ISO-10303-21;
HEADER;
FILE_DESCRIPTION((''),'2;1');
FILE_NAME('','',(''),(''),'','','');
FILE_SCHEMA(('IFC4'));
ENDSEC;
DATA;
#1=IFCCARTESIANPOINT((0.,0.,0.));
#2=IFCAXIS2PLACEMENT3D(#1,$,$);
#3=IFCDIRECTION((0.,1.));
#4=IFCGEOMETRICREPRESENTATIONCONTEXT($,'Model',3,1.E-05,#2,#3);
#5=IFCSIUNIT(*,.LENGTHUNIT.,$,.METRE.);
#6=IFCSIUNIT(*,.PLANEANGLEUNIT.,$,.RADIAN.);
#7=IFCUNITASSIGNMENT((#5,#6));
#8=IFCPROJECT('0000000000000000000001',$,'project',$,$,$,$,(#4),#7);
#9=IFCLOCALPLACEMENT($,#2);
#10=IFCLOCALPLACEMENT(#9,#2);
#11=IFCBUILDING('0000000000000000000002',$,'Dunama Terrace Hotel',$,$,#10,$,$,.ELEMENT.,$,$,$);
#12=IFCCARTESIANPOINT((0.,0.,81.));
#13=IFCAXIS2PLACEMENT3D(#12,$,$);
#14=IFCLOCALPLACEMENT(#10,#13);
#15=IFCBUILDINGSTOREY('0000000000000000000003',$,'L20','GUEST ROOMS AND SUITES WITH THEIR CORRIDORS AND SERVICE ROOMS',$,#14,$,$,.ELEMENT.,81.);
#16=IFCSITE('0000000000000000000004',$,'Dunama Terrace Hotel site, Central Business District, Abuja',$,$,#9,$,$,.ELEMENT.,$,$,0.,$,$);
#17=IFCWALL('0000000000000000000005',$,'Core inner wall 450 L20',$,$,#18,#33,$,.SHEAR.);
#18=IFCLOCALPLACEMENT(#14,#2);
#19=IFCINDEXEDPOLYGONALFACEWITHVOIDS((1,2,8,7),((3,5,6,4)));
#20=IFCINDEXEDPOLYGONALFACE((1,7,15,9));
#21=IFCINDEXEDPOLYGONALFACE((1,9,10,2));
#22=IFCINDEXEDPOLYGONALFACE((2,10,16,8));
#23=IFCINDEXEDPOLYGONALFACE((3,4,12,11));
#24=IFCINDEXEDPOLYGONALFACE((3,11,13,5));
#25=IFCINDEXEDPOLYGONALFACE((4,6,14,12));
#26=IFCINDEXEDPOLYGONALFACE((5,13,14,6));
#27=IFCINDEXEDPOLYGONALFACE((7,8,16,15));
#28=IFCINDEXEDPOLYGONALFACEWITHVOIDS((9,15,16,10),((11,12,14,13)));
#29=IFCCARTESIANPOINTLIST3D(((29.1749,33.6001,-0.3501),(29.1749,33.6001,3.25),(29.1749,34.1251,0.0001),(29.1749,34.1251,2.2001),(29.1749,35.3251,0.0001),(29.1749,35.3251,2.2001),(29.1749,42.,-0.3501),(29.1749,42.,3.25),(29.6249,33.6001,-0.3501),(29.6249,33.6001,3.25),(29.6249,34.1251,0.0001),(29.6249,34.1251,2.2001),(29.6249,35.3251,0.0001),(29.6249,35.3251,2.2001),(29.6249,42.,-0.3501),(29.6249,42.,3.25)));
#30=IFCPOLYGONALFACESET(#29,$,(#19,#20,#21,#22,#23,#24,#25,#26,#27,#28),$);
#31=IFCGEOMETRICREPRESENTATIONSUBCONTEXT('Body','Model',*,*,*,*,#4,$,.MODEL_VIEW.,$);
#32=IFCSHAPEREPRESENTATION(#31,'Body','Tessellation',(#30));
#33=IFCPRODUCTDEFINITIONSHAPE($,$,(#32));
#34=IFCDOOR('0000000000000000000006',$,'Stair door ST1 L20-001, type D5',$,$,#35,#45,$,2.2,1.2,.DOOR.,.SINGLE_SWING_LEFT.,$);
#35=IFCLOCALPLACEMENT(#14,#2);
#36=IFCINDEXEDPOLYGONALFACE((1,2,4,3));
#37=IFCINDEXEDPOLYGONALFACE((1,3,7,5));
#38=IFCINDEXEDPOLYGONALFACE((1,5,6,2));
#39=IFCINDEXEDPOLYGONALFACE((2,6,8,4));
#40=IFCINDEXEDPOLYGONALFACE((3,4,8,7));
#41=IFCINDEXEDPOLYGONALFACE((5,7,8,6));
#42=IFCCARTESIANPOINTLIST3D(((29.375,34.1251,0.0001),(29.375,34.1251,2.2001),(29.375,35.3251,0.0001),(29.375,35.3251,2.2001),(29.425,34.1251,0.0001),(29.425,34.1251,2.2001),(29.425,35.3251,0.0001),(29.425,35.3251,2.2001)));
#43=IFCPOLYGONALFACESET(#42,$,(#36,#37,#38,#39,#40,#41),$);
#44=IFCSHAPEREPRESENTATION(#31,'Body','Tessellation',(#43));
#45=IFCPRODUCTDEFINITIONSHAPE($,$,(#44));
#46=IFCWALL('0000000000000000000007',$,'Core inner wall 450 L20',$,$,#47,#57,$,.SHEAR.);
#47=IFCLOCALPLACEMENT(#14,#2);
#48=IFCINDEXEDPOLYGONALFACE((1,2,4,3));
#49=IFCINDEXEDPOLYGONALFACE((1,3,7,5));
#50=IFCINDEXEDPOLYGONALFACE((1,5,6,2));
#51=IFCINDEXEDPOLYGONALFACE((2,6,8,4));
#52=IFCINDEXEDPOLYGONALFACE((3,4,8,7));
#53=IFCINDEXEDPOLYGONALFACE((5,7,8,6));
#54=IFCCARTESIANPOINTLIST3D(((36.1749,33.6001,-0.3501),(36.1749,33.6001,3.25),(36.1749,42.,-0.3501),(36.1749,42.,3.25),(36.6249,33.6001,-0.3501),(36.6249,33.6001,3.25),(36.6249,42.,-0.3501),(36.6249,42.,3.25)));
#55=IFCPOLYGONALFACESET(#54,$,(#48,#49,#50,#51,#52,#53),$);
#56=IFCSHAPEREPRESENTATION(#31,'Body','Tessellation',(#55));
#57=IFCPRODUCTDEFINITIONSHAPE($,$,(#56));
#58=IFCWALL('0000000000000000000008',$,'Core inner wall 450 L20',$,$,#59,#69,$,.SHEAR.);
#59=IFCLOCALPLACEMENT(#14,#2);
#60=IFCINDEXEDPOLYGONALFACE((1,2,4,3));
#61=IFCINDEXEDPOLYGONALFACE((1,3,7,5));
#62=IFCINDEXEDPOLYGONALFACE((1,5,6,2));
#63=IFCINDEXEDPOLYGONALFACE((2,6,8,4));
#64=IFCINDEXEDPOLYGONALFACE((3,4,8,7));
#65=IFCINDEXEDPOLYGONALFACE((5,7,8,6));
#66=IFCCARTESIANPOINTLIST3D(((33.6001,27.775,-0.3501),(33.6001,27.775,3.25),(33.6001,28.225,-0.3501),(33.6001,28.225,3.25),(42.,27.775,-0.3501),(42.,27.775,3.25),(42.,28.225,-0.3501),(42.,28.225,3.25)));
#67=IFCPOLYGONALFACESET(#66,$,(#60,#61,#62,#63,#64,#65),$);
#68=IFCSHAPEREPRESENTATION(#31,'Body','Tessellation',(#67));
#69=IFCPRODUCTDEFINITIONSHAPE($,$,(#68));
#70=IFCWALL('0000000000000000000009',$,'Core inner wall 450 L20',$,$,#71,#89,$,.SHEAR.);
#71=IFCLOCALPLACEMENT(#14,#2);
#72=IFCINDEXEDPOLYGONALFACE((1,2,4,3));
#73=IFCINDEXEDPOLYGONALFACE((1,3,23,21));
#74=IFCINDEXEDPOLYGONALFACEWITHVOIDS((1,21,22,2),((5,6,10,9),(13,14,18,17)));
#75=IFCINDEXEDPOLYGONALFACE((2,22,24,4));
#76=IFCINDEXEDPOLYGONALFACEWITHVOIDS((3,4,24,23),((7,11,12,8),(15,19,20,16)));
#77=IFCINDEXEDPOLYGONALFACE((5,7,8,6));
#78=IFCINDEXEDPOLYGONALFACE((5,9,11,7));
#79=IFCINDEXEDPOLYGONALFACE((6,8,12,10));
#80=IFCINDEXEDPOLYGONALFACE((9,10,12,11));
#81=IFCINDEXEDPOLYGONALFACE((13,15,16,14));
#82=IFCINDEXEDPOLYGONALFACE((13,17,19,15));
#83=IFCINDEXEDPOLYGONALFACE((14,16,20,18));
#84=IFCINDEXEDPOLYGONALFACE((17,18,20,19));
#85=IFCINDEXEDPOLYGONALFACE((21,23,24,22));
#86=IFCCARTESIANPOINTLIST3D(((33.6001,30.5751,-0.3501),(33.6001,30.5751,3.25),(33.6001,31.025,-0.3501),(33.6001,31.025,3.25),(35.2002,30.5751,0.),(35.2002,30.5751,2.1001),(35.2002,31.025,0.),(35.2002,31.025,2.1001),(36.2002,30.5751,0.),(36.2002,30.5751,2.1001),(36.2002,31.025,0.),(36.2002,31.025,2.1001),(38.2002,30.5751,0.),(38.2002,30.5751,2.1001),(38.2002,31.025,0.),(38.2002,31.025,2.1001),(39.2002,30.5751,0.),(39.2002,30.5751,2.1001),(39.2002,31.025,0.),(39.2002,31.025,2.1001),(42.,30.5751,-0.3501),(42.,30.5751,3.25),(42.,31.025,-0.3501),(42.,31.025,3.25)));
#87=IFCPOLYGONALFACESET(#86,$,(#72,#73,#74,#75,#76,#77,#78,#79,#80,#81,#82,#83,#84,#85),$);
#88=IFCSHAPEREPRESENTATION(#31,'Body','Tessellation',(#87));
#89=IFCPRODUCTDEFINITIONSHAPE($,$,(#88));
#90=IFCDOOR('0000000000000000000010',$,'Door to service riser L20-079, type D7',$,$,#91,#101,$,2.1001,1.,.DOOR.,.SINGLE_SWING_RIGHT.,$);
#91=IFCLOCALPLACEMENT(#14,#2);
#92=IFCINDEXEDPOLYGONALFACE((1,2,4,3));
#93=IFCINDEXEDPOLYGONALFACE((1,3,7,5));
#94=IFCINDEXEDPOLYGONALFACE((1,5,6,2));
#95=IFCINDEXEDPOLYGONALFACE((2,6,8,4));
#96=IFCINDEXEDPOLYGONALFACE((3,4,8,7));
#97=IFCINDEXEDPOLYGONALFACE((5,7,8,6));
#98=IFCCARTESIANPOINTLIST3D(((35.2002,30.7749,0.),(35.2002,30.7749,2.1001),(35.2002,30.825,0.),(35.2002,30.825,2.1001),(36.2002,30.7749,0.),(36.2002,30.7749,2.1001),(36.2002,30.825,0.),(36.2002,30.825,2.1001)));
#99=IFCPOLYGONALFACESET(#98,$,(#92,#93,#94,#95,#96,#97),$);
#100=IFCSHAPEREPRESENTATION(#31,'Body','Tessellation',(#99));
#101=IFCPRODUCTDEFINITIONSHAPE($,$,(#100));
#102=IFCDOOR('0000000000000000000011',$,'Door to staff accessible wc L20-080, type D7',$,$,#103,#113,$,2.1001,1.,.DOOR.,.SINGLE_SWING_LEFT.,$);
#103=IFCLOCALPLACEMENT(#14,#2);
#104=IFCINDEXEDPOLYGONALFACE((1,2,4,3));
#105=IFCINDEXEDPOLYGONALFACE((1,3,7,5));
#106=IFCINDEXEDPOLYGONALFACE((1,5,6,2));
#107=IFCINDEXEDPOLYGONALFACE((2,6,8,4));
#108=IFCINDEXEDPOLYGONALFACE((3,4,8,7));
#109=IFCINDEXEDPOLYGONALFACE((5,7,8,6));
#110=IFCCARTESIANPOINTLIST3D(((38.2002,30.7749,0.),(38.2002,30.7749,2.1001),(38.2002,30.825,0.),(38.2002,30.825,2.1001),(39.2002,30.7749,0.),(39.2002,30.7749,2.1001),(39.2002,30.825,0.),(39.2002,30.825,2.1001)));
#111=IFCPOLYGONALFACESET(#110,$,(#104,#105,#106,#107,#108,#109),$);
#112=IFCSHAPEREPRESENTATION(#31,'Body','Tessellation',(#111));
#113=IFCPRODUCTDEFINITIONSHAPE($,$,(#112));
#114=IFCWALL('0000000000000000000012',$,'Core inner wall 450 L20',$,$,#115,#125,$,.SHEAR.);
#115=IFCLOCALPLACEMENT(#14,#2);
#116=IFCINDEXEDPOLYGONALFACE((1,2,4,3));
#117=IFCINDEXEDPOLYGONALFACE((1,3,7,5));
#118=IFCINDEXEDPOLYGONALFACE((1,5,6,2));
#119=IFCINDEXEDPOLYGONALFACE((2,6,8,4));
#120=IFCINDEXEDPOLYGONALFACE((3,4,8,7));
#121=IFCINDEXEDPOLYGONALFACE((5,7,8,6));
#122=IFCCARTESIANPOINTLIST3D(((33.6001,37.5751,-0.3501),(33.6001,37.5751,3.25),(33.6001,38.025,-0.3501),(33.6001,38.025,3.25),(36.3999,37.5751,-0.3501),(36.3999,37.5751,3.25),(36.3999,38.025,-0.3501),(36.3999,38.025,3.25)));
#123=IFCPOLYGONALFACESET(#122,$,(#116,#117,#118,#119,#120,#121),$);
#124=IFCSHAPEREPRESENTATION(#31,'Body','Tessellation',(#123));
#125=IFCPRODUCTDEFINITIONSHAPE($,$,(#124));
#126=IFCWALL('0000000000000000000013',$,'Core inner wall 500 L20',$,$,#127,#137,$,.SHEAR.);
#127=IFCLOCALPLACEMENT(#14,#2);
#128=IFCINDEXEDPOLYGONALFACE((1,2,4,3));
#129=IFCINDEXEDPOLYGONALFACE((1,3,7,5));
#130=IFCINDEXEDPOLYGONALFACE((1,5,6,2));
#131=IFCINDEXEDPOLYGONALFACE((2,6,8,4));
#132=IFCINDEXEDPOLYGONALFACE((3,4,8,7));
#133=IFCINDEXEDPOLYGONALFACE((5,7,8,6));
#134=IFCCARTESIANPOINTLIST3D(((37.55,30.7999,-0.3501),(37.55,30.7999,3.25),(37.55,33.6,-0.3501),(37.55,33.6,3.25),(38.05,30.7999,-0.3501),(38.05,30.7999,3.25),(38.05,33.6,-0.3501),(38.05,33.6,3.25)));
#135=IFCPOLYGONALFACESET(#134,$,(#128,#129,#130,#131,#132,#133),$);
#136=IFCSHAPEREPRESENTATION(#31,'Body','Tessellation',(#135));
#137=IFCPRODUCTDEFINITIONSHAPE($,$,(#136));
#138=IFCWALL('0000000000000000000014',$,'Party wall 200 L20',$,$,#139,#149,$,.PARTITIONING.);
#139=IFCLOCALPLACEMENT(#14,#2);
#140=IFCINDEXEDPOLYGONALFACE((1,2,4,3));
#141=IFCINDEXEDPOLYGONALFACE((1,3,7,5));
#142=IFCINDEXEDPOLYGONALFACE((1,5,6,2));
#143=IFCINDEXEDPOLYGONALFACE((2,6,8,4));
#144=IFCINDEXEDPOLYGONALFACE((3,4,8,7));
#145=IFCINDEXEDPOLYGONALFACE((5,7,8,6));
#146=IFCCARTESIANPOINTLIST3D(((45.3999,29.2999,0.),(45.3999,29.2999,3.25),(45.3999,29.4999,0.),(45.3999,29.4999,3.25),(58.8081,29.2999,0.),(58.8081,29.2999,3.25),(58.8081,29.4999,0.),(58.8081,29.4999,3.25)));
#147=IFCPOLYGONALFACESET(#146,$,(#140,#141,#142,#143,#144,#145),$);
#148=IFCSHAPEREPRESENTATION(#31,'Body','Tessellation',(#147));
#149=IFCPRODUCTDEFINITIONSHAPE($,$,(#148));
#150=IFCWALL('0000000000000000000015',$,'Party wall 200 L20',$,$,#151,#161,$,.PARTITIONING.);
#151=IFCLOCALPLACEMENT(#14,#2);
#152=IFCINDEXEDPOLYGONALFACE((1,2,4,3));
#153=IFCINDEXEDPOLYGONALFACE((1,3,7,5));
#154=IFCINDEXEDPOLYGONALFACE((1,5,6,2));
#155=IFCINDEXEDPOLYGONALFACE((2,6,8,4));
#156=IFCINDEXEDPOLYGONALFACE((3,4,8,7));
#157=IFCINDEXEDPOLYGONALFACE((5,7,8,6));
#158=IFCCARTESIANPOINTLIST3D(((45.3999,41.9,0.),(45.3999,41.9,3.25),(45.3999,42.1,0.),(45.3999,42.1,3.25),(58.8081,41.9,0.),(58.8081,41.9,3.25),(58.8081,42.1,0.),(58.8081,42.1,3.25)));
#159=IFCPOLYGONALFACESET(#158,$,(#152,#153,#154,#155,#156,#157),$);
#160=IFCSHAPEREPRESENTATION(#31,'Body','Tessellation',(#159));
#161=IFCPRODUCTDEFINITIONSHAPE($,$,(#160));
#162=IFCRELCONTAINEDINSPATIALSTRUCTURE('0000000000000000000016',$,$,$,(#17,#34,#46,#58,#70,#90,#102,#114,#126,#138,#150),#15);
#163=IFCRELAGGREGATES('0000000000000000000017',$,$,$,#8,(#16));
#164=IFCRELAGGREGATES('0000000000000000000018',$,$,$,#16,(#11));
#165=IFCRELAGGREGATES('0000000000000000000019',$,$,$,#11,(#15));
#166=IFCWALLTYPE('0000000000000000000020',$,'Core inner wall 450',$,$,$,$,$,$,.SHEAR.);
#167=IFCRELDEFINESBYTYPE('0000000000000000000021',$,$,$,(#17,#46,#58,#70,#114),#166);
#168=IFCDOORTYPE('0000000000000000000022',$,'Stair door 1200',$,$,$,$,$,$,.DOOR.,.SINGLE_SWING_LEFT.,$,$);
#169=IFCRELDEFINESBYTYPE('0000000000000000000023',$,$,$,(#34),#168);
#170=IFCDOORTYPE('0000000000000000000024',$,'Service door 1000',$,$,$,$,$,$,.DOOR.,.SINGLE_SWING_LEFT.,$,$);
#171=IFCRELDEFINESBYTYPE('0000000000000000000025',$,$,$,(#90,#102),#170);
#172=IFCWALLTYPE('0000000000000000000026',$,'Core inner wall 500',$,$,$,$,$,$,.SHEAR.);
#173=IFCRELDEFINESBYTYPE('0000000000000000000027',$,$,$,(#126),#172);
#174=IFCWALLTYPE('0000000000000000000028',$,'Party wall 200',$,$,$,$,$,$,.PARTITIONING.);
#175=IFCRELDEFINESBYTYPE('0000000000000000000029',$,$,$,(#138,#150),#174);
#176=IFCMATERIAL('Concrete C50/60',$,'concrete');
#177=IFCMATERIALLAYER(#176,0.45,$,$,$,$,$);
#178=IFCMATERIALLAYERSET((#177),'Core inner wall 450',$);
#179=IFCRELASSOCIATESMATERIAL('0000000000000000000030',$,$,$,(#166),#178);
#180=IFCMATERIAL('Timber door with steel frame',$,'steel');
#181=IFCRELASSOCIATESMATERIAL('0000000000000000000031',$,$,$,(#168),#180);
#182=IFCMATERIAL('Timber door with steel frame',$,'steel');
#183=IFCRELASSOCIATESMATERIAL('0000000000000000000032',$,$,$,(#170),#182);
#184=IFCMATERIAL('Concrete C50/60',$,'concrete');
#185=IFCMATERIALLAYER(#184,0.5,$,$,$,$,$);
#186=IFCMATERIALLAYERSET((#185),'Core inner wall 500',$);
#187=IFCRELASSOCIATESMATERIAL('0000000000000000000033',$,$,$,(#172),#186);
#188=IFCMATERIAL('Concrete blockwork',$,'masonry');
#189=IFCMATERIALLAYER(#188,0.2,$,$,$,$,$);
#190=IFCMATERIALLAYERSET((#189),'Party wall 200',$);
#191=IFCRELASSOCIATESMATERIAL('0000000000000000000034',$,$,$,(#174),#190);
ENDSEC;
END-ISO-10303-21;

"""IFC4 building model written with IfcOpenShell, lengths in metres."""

from ifc_helpers import new_model, si_unit, direction, frame, frame_2d, origin, place, context, subcontext, project, spatial, rectangle, extrude, material, layer, layer_set, type_object, element, fill, save


model = new_model("IFC4")

# Units and contexts
model_context = context("Model", 3, precision=1e-05, world=origin(), true_north=direction((0.0, 1.0)))
body_context = subcontext(model_context, "Body", "Model", "MODEL_VIEW")
ifc_project = project(units=[si_unit("LENGTHUNIT", "METRE"), si_unit("PLANEANGLEUNIT", "RADIAN")], contexts=[model_context])

# Site, building, storey
site_placement = place(None, origin())
site = spatial("IfcSite", under=ifc_project, at=site_placement, Name="Dunama Terrace Hotel site, Central Business District, Abuja", CompositionType="ELEMENT", RefElevation=0.0)
building_placement = place(site_placement, origin())
building = spatial("IfcBuilding", under=site, at=building_placement, Name="Dunama Terrace Hotel", CompositionType="ELEMENT")
storey_placement = place(building_placement, frame((0.0, 0.0, 81.0)))
storey = spatial("IfcBuildingStorey", under=building, at=storey_placement, Name="L20", Description="GUEST ROOMS AND SUITES WITH THEIR CORRIDORS AND SERVICE ROOMS", CompositionType="ELEMENT", Elevation=81.0)

# Wall, opening, door
ifc_material_1 = material(Name="Concrete C50/60", Category="concrete")
ifc_layer_1 = layer(ifc_material_1, 0.45)
ifc_layer_set_1 = layer_set([ifc_layer_1], Name="Core inner wall 450")
wall_type_1 = type_object("IfcWallType", Name="Core inner wall 450", PredefinedType="SHEAR", material=ifc_layer_set_1)
wall_1_placement = place(storey_placement, frame((29.3999, 33.6001, -0.3501), z_axis=(0.0, 0.0, 1.0), x_axis=(0.0, 1.0, 0.0)))
wall_1 = element("IfcWall", 1, at=wall_1_placement, inside=storey, type_object=wall_type_1, Name="Core inner wall 450 L20", PredefinedType="SHEAR", context=body_context, shape_type="SweptSolid", body=[
    extrude(rectangle(XDim=8.3999, YDim=0.45, at=frame_2d((4.2, 0.0))), origin(), (0.0, 0.0, 1.0), 3.6001),
])
opening_1_placement = place(wall_1_placement, frame((0.5249, 0.0, 0.3501)))
opening_1 = element("IfcOpeningElement", 2, at=opening_1_placement, cuts=wall_1, PredefinedType="OPENING", context=body_context, shape_type="SweptSolid", body=[
    extrude(rectangle(XDim=1.2, YDim=2.2, at=frame_2d((0.6001, 1.1001))), frame((0.0, 0.2349, 0.0), z_axis=(0.0, -1.0, 0.0), x_axis=(1.0, 0.0, 0.0)), (0.0, 0.0, 1.0), 0.47),
])
ifc_material_2 = material(Name="Timber door with steel frame", Category="steel")
door_type_1 = type_object("IfcDoorType", Name="Stair door 1200", OperationType="SINGLE_SWING_LEFT", PredefinedType="DOOR", material=ifc_material_2)
door_1_placement = place(opening_1_placement, origin())
door_1 = element("IfcDoor", 3, at=door_1_placement, inside=storey, type_object=door_type_1, Name="Stair door ST1 L20-001, type D5", OperationType="SINGLE_SWING_LEFT", OverallHeight=2.2, OverallWidth=1.2, PredefinedType="DOOR", context=body_context, shape_type="SweptSolid", body=[
    extrude(rectangle(XDim=1.2, YDim=2.2, at=frame_2d((0.6001, 1.1001))), frame((0.0, 0.0249, 0.0), z_axis=(0.0, -1.0, 0.0), x_axis=(1.0, 0.0, 0.0)), (0.0, 0.0, 1.0), 0.05),
])
fill(opening_1, door_1)

# Walls
for number, where, z_axis, x_axis, name in (
    (4, (36.3999, 33.6001, -0.3501), (0.0, 0.0, 1.0), (0.0, 1.0, 0.0), "Core inner wall 450 L20"),
    (5, (33.6001, 28.0, -0.3501), (0.0, 0.0, 1.0), (1.0, 0.0, 0.0), "Core inner wall 450 L20"),
):
    element("IfcWall", number, at=place(storey_placement, frame(where, z_axis=z_axis, x_axis=x_axis)), inside=storey, type_object=wall_type_1, Name=name, PredefinedType="SHEAR", context=body_context, shape_type="SweptSolid", body=[
        extrude(rectangle(XDim=8.3999, YDim=0.45, at=frame_2d((4.2, 0.0))), origin(), (0.0, 0.0, 1.0), 3.6001),
    ])

# Wall, openings, doors
wall_2_placement = place(storey_placement, frame((33.6001, 30.8, -0.3501), z_axis=(0.0, 0.0, 1.0), x_axis=(1.0, 0.0, 0.0)))
wall_2 = element("IfcWall", 6, at=wall_2_placement, inside=storey, type_object=wall_type_1, Name="Core inner wall 450 L20", PredefinedType="SHEAR", context=body_context, shape_type="SweptSolid", body=[
    extrude(rectangle(XDim=8.3999, YDim=0.45, at=frame_2d((4.2, 0.0))), origin(), (0.0, 0.0, 1.0), 3.6001),
])
opening_2_placement = place(wall_2_placement, frame((1.6001, 0.0, 0.3501)))
opening_2 = element("IfcOpeningElement", 7, at=opening_2_placement, cuts=wall_2, PredefinedType="OPENING", context=body_context, shape_type="SweptSolid", body=[
    extrude(rectangle(XDim=1.0, YDim=2.1001, at=frame_2d((0.5, 1.05))), frame((0.0, 0.2349, 0.0), z_axis=(0.0, -1.0, 0.0), x_axis=(1.0, 0.0, 0.0)), (0.0, 0.0, 1.0), 0.47),
])
opening_3_placement = place(wall_2_placement, frame((4.6001, 0.0, 0.3501)))
opening_3 = element("IfcOpeningElement", 8, at=opening_3_placement, cuts=wall_2, PredefinedType="OPENING", context=body_context, shape_type="SweptSolid", body=[
    extrude(rectangle(XDim=1.0, YDim=2.1001, at=frame_2d((0.5, 1.05))), frame((0.0, 0.2349, 0.0), z_axis=(0.0, -1.0, 0.0), x_axis=(1.0, 0.0, 0.0)), (0.0, 0.0, 1.0), 0.47),
])
ifc_material_3 = material(Name="Timber door with steel frame", Category="steel")
door_type_2 = type_object("IfcDoorType", Name="Service door 1000", OperationType="SINGLE_SWING_LEFT", PredefinedType="DOOR", material=ifc_material_3)
door_2_placement = place(opening_2_placement, origin())
door_2 = element("IfcDoor", 9, at=door_2_placement, inside=storey, type_object=door_type_2, Name="Door to service riser L20-079, type D7", OperationType="SINGLE_SWING_RIGHT", OverallHeight=2.1001, OverallWidth=1.0, PredefinedType="DOOR", context=body_context, shape_type="SweptSolid", body=[
    extrude(rectangle(XDim=1.0, YDim=2.1001, at=frame_2d((0.5, 1.05))), frame((0.0, 0.0249, 0.0), z_axis=(0.0, -1.0, 0.0), x_axis=(1.0, 0.0, 0.0)), (0.0, 0.0, 1.0), 0.05),
])
fill(opening_2, door_2)
door_3_placement = place(opening_3_placement, origin())
door_3 = element("IfcDoor", 10, at=door_3_placement, inside=storey, type_object=door_type_2, Name="Door to staff accessible wc L20-080, type D7", OperationType="SINGLE_SWING_LEFT", OverallHeight=2.1001, OverallWidth=1.0, PredefinedType="DOOR", context=body_context, shape_type="SweptSolid", body=[
    extrude(rectangle(XDim=1.0, YDim=2.1001, at=frame_2d((0.5, 1.05))), frame((0.0, 0.0249, 0.0), z_axis=(0.0, -1.0, 0.0), x_axis=(1.0, 0.0, 0.0)), (0.0, 0.0, 1.0), 0.05),
])
fill(opening_3, door_3)

# Walls
wall_3_placement = place(storey_placement, frame((33.6001, 37.8, -0.3501), z_axis=(0.0, 0.0, 1.0), x_axis=(1.0, 0.0, 0.0)))
element("IfcWall", 11, at=wall_3_placement, inside=storey, type_object=wall_type_1, Name="Core inner wall 450 L20", PredefinedType="SHEAR", context=body_context, shape_type="SweptSolid", body=[
    extrude(rectangle(XDim=2.7998, YDim=0.45, at=frame_2d((1.3999, 0.0))), origin(), (0.0, 0.0, 1.0), 3.6001),
])
ifc_material_4 = material(Name="Concrete C50/60", Category="concrete")
ifc_layer_2 = layer(ifc_material_4, 0.5)
ifc_layer_set_2 = layer_set([ifc_layer_2], Name="Core inner wall 500")
wall_type_2 = type_object("IfcWallType", Name="Core inner wall 500", PredefinedType="SHEAR", material=ifc_layer_set_2)
wall_4_placement = place(storey_placement, frame((37.8, 30.8, -0.3501), z_axis=(0.0, 0.0, 1.0), x_axis=(0.0, 1.0, 0.0)))
element("IfcWall", 12, at=wall_4_placement, inside=storey, type_object=wall_type_2, Name="Core inner wall 500 L20", PredefinedType="SHEAR", context=body_context, shape_type="SweptSolid", body=[
    extrude(rectangle(XDim=2.8, YDim=0.5, at=frame_2d((1.3999, 0.0))), origin(), (0.0, 0.0, 1.0), 3.6001),
])
ifc_material_5 = material(Name="Concrete blockwork", Category="masonry")
ifc_layer_3 = layer(ifc_material_5, 0.2)
ifc_layer_set_3 = layer_set([ifc_layer_3], Name="Party wall 200")
wall_type_3 = type_object("IfcWallType", Name="Party wall 200", PredefinedType="PARTITIONING", material=ifc_layer_set_3)
for number, where, z_axis, x_axis, name in (
    (13, (45.3999, 29.3999, 0.0), (0.0, 0.0, 1.0), (1.0, 0.0, 0.0), "Party wall 200 L20"),
    (14, (45.3999, 42.0, 0.0), (0.0, 0.0, 1.0), (1.0, 0.0, 0.0), "Party wall 200 L20"),
):
    element("IfcWall", number, at=place(storey_placement, frame(where, z_axis=z_axis, x_axis=x_axis)), inside=storey, type_object=wall_type_3, Name=name, PredefinedType="PARTITIONING", context=body_context, shape_type="SweptSolid", body=[
        extrude(rectangle(XDim=13.4082, YDim=0.2, at=frame_2d((6.7041, 0.0))), origin(), (0.0, 0.0, 1.0), 3.25),
    ])

save(model, "model.ifc")
